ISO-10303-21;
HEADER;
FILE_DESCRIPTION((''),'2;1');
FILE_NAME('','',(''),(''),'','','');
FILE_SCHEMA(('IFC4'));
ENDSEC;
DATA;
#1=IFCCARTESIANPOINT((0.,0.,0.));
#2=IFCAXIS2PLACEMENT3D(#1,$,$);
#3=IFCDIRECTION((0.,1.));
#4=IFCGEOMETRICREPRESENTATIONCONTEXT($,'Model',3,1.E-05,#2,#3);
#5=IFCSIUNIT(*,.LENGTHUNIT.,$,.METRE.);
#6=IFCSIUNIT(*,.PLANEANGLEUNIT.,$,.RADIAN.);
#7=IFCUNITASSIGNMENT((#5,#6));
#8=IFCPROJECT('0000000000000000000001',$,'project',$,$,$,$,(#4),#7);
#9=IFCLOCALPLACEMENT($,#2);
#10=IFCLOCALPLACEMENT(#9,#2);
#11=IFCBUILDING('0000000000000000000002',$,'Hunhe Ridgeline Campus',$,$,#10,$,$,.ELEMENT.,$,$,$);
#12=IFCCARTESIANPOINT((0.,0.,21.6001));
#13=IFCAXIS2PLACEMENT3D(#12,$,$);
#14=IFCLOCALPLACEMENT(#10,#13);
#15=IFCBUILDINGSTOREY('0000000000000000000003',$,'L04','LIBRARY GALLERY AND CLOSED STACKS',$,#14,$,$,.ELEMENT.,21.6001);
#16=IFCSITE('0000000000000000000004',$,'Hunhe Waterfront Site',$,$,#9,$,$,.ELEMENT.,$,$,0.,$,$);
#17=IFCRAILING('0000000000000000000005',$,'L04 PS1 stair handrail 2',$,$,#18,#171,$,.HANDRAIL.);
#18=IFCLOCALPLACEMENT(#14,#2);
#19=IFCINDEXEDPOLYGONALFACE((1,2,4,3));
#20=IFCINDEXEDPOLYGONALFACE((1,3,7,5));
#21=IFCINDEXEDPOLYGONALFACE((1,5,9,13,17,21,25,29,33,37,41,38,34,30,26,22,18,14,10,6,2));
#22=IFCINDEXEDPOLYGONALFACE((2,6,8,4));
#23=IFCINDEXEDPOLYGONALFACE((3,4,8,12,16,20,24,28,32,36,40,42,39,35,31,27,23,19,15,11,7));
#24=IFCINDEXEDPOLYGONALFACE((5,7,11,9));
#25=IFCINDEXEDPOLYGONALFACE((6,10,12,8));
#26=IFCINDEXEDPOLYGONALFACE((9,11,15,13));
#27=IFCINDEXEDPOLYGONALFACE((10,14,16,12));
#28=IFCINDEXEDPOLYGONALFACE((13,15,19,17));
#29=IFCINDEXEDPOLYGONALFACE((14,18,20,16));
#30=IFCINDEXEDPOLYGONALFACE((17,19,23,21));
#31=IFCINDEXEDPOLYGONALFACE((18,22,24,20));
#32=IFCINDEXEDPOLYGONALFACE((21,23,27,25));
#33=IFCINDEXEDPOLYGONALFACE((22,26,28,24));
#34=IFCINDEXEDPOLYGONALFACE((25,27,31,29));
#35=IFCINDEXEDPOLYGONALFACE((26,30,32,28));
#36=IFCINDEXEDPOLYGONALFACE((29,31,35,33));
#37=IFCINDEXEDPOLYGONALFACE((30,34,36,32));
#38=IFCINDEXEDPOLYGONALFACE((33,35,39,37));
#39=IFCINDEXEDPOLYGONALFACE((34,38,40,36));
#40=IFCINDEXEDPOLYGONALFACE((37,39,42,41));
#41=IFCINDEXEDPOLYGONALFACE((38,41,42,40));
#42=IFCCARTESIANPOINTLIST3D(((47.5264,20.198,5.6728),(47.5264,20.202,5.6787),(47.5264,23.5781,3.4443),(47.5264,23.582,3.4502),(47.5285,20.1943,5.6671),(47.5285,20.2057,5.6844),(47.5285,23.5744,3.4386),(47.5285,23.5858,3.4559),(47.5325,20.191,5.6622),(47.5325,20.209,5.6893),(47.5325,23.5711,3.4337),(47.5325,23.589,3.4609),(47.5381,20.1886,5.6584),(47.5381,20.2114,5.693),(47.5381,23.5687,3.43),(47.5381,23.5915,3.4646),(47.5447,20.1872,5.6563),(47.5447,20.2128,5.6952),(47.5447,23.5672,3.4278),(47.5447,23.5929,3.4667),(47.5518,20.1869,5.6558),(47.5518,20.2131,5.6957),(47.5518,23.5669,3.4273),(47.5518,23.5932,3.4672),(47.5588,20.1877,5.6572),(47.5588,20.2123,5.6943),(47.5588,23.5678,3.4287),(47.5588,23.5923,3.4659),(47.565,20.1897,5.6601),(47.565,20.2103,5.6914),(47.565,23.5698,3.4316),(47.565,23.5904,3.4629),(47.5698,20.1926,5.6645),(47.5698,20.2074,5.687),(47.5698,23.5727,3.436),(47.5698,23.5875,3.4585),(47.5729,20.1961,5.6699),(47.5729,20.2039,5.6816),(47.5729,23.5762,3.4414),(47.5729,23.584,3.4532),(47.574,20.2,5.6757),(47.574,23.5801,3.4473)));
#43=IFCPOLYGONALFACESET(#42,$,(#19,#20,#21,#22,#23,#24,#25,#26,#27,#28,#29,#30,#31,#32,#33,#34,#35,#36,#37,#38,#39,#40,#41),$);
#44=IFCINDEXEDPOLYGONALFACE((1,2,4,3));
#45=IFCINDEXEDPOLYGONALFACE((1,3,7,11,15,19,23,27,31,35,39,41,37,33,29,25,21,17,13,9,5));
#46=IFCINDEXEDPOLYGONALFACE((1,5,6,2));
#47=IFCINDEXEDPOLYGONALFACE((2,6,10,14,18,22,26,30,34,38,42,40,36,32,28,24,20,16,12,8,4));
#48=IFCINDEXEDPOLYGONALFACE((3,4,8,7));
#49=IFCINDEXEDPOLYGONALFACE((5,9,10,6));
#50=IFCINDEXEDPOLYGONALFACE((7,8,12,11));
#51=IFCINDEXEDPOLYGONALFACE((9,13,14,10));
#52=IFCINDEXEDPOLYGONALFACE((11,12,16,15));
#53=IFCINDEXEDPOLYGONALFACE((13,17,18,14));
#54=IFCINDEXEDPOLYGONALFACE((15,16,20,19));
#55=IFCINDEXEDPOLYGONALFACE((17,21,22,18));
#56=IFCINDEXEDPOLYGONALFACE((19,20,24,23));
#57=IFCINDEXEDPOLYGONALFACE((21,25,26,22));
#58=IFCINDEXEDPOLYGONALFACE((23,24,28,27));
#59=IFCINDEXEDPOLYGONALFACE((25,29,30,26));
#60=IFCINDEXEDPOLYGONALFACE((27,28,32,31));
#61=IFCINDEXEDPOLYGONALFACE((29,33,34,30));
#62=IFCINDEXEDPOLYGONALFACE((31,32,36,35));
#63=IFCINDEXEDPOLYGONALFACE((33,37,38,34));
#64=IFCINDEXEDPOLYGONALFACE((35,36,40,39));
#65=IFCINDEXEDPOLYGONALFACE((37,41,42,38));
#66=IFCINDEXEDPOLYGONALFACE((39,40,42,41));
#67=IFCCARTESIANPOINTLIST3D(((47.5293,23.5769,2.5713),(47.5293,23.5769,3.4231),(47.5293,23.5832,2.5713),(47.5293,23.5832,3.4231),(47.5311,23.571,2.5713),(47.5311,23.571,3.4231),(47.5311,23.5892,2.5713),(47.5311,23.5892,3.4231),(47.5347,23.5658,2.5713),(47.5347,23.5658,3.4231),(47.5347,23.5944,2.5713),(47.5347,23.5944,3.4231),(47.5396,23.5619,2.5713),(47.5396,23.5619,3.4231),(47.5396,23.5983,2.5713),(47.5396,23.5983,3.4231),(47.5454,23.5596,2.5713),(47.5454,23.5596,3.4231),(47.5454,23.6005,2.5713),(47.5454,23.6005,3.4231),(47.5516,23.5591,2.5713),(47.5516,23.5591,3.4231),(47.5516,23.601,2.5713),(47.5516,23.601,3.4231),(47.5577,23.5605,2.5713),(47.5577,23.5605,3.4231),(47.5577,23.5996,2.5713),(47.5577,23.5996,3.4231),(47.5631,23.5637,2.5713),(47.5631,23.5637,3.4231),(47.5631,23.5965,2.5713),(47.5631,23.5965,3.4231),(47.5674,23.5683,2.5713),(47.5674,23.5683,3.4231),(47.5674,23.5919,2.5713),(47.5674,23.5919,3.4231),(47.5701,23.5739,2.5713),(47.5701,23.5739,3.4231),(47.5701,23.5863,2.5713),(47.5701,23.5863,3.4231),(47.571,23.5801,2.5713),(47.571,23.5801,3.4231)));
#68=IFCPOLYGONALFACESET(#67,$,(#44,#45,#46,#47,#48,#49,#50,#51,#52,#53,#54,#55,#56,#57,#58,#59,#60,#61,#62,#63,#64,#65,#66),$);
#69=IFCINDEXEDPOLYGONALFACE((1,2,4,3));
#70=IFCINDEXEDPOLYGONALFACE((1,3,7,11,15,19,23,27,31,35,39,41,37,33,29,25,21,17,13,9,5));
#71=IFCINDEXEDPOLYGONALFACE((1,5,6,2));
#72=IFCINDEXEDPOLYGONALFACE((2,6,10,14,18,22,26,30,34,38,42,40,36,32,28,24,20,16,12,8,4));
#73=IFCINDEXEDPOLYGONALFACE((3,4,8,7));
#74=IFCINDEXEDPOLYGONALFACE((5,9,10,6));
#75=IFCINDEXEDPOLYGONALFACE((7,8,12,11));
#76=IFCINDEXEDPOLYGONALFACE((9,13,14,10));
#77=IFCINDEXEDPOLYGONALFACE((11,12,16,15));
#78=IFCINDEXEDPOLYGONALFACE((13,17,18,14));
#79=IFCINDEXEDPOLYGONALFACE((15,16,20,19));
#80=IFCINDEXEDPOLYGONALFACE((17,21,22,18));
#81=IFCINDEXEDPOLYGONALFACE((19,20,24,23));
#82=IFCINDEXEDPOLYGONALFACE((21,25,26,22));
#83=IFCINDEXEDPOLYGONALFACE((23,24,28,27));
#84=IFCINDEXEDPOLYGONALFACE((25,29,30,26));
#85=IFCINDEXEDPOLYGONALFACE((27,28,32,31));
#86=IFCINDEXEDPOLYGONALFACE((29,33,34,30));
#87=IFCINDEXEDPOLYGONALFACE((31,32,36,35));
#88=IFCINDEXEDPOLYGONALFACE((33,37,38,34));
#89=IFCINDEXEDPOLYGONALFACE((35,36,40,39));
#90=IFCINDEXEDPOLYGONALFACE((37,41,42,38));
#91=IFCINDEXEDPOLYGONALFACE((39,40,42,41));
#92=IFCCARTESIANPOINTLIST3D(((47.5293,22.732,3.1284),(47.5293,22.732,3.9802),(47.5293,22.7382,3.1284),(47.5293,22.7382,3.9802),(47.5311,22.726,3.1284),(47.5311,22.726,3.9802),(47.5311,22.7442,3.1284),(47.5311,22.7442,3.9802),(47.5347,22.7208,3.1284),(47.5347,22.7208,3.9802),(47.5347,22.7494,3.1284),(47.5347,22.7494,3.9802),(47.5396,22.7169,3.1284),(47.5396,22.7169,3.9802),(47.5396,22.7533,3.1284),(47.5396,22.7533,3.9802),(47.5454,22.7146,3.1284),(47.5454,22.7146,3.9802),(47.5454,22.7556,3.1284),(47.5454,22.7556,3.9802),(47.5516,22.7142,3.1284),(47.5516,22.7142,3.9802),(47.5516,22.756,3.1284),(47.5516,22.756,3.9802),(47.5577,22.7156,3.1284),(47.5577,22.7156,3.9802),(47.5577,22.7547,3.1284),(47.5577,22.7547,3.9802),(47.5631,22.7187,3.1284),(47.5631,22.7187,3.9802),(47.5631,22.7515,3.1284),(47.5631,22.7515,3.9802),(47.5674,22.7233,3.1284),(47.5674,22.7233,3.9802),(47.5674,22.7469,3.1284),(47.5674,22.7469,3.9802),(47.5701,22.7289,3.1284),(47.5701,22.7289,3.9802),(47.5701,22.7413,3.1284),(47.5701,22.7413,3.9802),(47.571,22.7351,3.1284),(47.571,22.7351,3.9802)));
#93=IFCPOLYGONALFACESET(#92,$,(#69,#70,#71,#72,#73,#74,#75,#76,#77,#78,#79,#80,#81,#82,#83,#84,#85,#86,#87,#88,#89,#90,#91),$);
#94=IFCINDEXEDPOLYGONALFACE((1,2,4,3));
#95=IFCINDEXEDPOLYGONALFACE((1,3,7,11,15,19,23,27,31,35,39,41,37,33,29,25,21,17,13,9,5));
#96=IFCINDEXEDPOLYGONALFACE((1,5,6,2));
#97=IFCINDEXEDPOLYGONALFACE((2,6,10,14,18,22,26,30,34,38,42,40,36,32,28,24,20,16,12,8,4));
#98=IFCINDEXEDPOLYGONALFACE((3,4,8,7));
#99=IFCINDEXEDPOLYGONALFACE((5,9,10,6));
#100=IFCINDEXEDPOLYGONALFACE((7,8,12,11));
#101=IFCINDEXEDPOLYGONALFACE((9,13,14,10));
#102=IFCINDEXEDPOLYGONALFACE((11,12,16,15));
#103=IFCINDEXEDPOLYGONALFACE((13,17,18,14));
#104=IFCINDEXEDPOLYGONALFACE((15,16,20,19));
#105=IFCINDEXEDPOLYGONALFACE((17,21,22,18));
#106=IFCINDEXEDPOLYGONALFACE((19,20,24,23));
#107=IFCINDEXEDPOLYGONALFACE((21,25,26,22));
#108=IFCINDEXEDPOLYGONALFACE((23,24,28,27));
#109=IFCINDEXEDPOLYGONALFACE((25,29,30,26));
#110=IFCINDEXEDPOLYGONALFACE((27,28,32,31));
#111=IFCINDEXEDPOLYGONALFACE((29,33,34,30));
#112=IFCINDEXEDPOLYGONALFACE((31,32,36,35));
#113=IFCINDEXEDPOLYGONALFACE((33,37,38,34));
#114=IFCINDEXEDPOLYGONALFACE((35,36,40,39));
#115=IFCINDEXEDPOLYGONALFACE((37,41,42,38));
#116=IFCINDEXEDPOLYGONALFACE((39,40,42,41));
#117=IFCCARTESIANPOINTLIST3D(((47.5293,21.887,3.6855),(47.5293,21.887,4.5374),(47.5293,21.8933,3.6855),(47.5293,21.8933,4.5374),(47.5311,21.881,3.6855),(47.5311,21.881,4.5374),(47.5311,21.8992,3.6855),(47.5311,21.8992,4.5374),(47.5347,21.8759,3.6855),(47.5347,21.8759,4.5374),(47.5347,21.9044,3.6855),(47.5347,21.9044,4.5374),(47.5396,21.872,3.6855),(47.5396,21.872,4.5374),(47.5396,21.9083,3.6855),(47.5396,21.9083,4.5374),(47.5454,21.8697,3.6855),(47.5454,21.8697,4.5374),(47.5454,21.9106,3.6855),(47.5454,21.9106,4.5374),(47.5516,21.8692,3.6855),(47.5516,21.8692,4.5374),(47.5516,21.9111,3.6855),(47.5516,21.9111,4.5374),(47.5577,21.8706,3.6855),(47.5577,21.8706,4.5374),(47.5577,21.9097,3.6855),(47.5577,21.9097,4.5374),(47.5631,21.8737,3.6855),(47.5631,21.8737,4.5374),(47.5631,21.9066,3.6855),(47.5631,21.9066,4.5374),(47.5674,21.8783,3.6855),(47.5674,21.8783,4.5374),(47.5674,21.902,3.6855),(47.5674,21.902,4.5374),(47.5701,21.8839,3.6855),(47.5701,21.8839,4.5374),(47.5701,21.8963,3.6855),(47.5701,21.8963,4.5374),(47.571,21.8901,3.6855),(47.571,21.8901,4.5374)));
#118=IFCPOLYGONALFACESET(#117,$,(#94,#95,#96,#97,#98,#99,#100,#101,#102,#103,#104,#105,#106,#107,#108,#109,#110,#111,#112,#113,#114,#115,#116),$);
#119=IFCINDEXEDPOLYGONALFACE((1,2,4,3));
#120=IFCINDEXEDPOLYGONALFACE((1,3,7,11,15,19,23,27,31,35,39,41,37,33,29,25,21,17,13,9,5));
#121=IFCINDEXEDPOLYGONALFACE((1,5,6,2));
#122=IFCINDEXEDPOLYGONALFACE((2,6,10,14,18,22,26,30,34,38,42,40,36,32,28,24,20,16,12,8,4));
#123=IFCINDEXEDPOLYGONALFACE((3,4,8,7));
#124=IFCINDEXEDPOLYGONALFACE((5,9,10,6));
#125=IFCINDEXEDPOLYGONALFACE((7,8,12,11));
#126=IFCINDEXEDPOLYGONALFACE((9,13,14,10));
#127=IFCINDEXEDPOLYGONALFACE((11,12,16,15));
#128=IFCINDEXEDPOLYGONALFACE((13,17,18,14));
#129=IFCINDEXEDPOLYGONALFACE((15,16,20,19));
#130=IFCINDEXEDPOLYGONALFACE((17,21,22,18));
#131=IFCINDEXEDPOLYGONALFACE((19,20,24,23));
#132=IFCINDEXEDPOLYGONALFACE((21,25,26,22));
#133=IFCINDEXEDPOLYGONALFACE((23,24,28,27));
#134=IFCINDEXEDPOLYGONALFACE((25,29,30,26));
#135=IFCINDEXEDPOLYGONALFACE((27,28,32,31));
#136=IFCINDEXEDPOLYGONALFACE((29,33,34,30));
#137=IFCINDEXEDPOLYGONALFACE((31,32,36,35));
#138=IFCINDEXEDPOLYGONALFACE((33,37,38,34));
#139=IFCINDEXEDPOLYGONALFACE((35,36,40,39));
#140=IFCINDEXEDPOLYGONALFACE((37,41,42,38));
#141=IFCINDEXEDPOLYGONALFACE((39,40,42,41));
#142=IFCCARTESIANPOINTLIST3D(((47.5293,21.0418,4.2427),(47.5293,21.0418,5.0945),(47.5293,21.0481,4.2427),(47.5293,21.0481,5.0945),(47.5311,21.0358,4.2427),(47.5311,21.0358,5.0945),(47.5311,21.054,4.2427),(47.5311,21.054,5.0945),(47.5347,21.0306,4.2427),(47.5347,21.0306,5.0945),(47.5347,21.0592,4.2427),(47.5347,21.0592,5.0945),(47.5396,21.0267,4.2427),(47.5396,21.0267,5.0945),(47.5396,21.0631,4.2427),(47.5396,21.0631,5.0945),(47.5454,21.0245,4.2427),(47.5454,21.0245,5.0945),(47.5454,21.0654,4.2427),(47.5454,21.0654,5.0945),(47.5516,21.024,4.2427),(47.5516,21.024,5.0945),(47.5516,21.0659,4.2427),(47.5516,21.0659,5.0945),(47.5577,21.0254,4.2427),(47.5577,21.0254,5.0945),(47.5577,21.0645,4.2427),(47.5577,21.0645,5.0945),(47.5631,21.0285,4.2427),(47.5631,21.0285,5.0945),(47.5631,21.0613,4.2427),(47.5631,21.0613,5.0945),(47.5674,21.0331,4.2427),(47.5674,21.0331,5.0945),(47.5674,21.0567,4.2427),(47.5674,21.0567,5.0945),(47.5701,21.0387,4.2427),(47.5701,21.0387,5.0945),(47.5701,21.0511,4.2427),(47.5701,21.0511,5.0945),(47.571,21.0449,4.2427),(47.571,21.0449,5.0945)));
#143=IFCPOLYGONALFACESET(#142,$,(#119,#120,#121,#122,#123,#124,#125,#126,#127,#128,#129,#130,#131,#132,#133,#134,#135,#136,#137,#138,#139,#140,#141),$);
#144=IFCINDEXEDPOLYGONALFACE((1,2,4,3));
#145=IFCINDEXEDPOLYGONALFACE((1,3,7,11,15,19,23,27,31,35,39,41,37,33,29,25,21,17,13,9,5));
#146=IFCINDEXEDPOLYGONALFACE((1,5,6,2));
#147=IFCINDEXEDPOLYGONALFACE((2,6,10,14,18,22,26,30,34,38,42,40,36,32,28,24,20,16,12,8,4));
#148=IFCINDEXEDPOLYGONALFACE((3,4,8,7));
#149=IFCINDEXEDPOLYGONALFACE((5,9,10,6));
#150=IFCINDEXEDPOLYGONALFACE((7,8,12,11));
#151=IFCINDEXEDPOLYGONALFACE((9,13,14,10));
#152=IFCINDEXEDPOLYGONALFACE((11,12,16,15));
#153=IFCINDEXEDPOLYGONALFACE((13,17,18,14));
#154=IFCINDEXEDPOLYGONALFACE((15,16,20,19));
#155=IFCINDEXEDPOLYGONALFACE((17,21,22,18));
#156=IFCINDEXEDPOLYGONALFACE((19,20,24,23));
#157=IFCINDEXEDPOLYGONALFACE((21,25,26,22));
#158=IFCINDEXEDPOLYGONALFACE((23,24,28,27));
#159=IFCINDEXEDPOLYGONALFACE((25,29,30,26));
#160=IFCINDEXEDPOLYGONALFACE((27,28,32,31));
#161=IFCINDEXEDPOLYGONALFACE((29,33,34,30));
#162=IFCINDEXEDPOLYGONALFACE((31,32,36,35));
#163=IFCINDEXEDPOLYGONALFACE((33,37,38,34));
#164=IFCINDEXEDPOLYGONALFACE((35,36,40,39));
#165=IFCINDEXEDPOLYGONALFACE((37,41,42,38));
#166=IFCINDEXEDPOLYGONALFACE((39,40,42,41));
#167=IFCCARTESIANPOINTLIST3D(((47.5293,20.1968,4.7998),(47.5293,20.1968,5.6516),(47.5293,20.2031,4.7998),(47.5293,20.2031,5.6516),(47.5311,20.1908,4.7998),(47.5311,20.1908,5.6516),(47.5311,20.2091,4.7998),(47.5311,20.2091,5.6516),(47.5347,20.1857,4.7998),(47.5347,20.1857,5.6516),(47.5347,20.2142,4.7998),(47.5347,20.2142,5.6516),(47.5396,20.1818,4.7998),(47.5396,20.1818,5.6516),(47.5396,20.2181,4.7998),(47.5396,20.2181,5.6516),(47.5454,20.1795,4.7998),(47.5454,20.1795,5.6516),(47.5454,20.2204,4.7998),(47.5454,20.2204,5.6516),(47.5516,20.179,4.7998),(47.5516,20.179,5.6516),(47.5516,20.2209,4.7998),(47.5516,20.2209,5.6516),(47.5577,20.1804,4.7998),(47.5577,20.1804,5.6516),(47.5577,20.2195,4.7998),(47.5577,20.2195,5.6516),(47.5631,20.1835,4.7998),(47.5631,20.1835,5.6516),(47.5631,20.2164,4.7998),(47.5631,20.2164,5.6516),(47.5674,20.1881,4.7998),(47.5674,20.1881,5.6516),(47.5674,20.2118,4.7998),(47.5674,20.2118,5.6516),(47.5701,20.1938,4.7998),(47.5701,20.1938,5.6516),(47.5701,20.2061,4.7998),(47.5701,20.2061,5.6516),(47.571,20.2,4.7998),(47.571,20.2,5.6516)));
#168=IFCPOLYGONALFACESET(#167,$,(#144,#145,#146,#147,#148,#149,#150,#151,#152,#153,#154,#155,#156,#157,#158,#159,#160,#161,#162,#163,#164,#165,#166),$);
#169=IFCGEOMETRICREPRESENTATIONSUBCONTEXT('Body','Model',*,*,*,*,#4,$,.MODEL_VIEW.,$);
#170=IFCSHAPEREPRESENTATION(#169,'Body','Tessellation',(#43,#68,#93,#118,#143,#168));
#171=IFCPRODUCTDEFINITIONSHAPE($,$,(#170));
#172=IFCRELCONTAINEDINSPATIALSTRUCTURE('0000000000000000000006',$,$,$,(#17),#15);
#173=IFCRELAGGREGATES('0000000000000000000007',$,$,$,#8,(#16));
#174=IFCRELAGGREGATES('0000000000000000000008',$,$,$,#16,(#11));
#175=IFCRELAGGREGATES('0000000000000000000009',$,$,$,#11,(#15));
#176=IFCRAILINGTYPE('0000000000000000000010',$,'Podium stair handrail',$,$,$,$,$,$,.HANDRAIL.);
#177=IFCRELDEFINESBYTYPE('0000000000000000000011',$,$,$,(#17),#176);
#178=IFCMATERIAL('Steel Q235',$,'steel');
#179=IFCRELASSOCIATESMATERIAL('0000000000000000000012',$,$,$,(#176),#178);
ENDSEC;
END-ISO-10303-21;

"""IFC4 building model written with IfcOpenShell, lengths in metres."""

from ifc_helpers import new_model, si_unit, direction, frame, origin, origin_2d, place, context, subcontext, project, spatial, circle, extrude, material, type_object, element, save


model = new_model("IFC4")

# Units and contexts
model_context = context("Model", 3, precision=1e-05, world=origin(), true_north=direction((0.0, 1.0)))
body_context = subcontext(model_context, "Body", "Model", "MODEL_VIEW")
ifc_project = project(units=[si_unit("LENGTHUNIT", "METRE"), si_unit("PLANEANGLEUNIT", "RADIAN")], contexts=[model_context])

# Site, building, storey
site_placement = place(None, origin())
site = spatial("IfcSite", under=ifc_project, at=site_placement, Name="Hunhe Waterfront Site", CompositionType="ELEMENT", RefElevation=0.0)
building_placement = place(site_placement, origin())
building = spatial("IfcBuilding", under=site, at=building_placement, Name="Hunhe Ridgeline Campus", CompositionType="ELEMENT")
storey_placement = place(building_placement, frame((0.0, 0.0, 21.6001)))
storey = spatial("IfcBuildingStorey", under=building, at=storey_placement, Name="L04", Description="LIBRARY GALLERY AND CLOSED STACKS", CompositionType="ELEMENT", Elevation=21.6001)

# Railing
ifc_material_1 = material(Name="Steel Q235", Category="steel")
railing_type_1 = type_object("IfcRailingType", Name="Podium stair handrail", PredefinedType="HANDRAIL", material=ifc_material_1)
railing_1_placement = place(storey_placement, frame((47.55, 23.5801, 2.5713)))
element("IfcRailing", 1, at=railing_1_placement, inside=storey, type_object=railing_type_1, Name="L04 PS1 stair handrail 2", PredefinedType="HANDRAIL", context=body_context, shape_type="SweptSolid", body=[
    extrude(circle(Radius=0.0239, at=origin_2d()), frame((0.0, 0.0, 0.876), z_axis=(0.0, -0.834878, 0.550435), x_axis=(1.0, 0.0, 0.0)), (0.0, 0.0, 1.0), 4.0486),
    extrude(circle(Radius=0.021, at=origin_2d()), origin(), (0.0, 0.0, 1.0), 0.8518),
    extrude(circle(Radius=0.021, at=origin_2d()), frame((0.0, -0.845, 0.5571)), (0.0, 0.0, 1.0), 0.8518),
    extrude(circle(Radius=0.021, at=origin_2d()), frame((0.0, -1.6899, 1.1143)), (0.0, 0.0, 1.0), 0.8518),
    extrude(circle(Radius=0.021, at=origin_2d()), frame((0.0, -2.5352, 1.6714)), (0.0, 0.0, 1.0), 0.8518),
    extrude(circle(Radius=0.021, at=origin_2d()), frame((0.0, -3.3801, 2.2285)), (0.0, 0.0, 1.0), 0.8518),
])

save(model, "model.ifc")
